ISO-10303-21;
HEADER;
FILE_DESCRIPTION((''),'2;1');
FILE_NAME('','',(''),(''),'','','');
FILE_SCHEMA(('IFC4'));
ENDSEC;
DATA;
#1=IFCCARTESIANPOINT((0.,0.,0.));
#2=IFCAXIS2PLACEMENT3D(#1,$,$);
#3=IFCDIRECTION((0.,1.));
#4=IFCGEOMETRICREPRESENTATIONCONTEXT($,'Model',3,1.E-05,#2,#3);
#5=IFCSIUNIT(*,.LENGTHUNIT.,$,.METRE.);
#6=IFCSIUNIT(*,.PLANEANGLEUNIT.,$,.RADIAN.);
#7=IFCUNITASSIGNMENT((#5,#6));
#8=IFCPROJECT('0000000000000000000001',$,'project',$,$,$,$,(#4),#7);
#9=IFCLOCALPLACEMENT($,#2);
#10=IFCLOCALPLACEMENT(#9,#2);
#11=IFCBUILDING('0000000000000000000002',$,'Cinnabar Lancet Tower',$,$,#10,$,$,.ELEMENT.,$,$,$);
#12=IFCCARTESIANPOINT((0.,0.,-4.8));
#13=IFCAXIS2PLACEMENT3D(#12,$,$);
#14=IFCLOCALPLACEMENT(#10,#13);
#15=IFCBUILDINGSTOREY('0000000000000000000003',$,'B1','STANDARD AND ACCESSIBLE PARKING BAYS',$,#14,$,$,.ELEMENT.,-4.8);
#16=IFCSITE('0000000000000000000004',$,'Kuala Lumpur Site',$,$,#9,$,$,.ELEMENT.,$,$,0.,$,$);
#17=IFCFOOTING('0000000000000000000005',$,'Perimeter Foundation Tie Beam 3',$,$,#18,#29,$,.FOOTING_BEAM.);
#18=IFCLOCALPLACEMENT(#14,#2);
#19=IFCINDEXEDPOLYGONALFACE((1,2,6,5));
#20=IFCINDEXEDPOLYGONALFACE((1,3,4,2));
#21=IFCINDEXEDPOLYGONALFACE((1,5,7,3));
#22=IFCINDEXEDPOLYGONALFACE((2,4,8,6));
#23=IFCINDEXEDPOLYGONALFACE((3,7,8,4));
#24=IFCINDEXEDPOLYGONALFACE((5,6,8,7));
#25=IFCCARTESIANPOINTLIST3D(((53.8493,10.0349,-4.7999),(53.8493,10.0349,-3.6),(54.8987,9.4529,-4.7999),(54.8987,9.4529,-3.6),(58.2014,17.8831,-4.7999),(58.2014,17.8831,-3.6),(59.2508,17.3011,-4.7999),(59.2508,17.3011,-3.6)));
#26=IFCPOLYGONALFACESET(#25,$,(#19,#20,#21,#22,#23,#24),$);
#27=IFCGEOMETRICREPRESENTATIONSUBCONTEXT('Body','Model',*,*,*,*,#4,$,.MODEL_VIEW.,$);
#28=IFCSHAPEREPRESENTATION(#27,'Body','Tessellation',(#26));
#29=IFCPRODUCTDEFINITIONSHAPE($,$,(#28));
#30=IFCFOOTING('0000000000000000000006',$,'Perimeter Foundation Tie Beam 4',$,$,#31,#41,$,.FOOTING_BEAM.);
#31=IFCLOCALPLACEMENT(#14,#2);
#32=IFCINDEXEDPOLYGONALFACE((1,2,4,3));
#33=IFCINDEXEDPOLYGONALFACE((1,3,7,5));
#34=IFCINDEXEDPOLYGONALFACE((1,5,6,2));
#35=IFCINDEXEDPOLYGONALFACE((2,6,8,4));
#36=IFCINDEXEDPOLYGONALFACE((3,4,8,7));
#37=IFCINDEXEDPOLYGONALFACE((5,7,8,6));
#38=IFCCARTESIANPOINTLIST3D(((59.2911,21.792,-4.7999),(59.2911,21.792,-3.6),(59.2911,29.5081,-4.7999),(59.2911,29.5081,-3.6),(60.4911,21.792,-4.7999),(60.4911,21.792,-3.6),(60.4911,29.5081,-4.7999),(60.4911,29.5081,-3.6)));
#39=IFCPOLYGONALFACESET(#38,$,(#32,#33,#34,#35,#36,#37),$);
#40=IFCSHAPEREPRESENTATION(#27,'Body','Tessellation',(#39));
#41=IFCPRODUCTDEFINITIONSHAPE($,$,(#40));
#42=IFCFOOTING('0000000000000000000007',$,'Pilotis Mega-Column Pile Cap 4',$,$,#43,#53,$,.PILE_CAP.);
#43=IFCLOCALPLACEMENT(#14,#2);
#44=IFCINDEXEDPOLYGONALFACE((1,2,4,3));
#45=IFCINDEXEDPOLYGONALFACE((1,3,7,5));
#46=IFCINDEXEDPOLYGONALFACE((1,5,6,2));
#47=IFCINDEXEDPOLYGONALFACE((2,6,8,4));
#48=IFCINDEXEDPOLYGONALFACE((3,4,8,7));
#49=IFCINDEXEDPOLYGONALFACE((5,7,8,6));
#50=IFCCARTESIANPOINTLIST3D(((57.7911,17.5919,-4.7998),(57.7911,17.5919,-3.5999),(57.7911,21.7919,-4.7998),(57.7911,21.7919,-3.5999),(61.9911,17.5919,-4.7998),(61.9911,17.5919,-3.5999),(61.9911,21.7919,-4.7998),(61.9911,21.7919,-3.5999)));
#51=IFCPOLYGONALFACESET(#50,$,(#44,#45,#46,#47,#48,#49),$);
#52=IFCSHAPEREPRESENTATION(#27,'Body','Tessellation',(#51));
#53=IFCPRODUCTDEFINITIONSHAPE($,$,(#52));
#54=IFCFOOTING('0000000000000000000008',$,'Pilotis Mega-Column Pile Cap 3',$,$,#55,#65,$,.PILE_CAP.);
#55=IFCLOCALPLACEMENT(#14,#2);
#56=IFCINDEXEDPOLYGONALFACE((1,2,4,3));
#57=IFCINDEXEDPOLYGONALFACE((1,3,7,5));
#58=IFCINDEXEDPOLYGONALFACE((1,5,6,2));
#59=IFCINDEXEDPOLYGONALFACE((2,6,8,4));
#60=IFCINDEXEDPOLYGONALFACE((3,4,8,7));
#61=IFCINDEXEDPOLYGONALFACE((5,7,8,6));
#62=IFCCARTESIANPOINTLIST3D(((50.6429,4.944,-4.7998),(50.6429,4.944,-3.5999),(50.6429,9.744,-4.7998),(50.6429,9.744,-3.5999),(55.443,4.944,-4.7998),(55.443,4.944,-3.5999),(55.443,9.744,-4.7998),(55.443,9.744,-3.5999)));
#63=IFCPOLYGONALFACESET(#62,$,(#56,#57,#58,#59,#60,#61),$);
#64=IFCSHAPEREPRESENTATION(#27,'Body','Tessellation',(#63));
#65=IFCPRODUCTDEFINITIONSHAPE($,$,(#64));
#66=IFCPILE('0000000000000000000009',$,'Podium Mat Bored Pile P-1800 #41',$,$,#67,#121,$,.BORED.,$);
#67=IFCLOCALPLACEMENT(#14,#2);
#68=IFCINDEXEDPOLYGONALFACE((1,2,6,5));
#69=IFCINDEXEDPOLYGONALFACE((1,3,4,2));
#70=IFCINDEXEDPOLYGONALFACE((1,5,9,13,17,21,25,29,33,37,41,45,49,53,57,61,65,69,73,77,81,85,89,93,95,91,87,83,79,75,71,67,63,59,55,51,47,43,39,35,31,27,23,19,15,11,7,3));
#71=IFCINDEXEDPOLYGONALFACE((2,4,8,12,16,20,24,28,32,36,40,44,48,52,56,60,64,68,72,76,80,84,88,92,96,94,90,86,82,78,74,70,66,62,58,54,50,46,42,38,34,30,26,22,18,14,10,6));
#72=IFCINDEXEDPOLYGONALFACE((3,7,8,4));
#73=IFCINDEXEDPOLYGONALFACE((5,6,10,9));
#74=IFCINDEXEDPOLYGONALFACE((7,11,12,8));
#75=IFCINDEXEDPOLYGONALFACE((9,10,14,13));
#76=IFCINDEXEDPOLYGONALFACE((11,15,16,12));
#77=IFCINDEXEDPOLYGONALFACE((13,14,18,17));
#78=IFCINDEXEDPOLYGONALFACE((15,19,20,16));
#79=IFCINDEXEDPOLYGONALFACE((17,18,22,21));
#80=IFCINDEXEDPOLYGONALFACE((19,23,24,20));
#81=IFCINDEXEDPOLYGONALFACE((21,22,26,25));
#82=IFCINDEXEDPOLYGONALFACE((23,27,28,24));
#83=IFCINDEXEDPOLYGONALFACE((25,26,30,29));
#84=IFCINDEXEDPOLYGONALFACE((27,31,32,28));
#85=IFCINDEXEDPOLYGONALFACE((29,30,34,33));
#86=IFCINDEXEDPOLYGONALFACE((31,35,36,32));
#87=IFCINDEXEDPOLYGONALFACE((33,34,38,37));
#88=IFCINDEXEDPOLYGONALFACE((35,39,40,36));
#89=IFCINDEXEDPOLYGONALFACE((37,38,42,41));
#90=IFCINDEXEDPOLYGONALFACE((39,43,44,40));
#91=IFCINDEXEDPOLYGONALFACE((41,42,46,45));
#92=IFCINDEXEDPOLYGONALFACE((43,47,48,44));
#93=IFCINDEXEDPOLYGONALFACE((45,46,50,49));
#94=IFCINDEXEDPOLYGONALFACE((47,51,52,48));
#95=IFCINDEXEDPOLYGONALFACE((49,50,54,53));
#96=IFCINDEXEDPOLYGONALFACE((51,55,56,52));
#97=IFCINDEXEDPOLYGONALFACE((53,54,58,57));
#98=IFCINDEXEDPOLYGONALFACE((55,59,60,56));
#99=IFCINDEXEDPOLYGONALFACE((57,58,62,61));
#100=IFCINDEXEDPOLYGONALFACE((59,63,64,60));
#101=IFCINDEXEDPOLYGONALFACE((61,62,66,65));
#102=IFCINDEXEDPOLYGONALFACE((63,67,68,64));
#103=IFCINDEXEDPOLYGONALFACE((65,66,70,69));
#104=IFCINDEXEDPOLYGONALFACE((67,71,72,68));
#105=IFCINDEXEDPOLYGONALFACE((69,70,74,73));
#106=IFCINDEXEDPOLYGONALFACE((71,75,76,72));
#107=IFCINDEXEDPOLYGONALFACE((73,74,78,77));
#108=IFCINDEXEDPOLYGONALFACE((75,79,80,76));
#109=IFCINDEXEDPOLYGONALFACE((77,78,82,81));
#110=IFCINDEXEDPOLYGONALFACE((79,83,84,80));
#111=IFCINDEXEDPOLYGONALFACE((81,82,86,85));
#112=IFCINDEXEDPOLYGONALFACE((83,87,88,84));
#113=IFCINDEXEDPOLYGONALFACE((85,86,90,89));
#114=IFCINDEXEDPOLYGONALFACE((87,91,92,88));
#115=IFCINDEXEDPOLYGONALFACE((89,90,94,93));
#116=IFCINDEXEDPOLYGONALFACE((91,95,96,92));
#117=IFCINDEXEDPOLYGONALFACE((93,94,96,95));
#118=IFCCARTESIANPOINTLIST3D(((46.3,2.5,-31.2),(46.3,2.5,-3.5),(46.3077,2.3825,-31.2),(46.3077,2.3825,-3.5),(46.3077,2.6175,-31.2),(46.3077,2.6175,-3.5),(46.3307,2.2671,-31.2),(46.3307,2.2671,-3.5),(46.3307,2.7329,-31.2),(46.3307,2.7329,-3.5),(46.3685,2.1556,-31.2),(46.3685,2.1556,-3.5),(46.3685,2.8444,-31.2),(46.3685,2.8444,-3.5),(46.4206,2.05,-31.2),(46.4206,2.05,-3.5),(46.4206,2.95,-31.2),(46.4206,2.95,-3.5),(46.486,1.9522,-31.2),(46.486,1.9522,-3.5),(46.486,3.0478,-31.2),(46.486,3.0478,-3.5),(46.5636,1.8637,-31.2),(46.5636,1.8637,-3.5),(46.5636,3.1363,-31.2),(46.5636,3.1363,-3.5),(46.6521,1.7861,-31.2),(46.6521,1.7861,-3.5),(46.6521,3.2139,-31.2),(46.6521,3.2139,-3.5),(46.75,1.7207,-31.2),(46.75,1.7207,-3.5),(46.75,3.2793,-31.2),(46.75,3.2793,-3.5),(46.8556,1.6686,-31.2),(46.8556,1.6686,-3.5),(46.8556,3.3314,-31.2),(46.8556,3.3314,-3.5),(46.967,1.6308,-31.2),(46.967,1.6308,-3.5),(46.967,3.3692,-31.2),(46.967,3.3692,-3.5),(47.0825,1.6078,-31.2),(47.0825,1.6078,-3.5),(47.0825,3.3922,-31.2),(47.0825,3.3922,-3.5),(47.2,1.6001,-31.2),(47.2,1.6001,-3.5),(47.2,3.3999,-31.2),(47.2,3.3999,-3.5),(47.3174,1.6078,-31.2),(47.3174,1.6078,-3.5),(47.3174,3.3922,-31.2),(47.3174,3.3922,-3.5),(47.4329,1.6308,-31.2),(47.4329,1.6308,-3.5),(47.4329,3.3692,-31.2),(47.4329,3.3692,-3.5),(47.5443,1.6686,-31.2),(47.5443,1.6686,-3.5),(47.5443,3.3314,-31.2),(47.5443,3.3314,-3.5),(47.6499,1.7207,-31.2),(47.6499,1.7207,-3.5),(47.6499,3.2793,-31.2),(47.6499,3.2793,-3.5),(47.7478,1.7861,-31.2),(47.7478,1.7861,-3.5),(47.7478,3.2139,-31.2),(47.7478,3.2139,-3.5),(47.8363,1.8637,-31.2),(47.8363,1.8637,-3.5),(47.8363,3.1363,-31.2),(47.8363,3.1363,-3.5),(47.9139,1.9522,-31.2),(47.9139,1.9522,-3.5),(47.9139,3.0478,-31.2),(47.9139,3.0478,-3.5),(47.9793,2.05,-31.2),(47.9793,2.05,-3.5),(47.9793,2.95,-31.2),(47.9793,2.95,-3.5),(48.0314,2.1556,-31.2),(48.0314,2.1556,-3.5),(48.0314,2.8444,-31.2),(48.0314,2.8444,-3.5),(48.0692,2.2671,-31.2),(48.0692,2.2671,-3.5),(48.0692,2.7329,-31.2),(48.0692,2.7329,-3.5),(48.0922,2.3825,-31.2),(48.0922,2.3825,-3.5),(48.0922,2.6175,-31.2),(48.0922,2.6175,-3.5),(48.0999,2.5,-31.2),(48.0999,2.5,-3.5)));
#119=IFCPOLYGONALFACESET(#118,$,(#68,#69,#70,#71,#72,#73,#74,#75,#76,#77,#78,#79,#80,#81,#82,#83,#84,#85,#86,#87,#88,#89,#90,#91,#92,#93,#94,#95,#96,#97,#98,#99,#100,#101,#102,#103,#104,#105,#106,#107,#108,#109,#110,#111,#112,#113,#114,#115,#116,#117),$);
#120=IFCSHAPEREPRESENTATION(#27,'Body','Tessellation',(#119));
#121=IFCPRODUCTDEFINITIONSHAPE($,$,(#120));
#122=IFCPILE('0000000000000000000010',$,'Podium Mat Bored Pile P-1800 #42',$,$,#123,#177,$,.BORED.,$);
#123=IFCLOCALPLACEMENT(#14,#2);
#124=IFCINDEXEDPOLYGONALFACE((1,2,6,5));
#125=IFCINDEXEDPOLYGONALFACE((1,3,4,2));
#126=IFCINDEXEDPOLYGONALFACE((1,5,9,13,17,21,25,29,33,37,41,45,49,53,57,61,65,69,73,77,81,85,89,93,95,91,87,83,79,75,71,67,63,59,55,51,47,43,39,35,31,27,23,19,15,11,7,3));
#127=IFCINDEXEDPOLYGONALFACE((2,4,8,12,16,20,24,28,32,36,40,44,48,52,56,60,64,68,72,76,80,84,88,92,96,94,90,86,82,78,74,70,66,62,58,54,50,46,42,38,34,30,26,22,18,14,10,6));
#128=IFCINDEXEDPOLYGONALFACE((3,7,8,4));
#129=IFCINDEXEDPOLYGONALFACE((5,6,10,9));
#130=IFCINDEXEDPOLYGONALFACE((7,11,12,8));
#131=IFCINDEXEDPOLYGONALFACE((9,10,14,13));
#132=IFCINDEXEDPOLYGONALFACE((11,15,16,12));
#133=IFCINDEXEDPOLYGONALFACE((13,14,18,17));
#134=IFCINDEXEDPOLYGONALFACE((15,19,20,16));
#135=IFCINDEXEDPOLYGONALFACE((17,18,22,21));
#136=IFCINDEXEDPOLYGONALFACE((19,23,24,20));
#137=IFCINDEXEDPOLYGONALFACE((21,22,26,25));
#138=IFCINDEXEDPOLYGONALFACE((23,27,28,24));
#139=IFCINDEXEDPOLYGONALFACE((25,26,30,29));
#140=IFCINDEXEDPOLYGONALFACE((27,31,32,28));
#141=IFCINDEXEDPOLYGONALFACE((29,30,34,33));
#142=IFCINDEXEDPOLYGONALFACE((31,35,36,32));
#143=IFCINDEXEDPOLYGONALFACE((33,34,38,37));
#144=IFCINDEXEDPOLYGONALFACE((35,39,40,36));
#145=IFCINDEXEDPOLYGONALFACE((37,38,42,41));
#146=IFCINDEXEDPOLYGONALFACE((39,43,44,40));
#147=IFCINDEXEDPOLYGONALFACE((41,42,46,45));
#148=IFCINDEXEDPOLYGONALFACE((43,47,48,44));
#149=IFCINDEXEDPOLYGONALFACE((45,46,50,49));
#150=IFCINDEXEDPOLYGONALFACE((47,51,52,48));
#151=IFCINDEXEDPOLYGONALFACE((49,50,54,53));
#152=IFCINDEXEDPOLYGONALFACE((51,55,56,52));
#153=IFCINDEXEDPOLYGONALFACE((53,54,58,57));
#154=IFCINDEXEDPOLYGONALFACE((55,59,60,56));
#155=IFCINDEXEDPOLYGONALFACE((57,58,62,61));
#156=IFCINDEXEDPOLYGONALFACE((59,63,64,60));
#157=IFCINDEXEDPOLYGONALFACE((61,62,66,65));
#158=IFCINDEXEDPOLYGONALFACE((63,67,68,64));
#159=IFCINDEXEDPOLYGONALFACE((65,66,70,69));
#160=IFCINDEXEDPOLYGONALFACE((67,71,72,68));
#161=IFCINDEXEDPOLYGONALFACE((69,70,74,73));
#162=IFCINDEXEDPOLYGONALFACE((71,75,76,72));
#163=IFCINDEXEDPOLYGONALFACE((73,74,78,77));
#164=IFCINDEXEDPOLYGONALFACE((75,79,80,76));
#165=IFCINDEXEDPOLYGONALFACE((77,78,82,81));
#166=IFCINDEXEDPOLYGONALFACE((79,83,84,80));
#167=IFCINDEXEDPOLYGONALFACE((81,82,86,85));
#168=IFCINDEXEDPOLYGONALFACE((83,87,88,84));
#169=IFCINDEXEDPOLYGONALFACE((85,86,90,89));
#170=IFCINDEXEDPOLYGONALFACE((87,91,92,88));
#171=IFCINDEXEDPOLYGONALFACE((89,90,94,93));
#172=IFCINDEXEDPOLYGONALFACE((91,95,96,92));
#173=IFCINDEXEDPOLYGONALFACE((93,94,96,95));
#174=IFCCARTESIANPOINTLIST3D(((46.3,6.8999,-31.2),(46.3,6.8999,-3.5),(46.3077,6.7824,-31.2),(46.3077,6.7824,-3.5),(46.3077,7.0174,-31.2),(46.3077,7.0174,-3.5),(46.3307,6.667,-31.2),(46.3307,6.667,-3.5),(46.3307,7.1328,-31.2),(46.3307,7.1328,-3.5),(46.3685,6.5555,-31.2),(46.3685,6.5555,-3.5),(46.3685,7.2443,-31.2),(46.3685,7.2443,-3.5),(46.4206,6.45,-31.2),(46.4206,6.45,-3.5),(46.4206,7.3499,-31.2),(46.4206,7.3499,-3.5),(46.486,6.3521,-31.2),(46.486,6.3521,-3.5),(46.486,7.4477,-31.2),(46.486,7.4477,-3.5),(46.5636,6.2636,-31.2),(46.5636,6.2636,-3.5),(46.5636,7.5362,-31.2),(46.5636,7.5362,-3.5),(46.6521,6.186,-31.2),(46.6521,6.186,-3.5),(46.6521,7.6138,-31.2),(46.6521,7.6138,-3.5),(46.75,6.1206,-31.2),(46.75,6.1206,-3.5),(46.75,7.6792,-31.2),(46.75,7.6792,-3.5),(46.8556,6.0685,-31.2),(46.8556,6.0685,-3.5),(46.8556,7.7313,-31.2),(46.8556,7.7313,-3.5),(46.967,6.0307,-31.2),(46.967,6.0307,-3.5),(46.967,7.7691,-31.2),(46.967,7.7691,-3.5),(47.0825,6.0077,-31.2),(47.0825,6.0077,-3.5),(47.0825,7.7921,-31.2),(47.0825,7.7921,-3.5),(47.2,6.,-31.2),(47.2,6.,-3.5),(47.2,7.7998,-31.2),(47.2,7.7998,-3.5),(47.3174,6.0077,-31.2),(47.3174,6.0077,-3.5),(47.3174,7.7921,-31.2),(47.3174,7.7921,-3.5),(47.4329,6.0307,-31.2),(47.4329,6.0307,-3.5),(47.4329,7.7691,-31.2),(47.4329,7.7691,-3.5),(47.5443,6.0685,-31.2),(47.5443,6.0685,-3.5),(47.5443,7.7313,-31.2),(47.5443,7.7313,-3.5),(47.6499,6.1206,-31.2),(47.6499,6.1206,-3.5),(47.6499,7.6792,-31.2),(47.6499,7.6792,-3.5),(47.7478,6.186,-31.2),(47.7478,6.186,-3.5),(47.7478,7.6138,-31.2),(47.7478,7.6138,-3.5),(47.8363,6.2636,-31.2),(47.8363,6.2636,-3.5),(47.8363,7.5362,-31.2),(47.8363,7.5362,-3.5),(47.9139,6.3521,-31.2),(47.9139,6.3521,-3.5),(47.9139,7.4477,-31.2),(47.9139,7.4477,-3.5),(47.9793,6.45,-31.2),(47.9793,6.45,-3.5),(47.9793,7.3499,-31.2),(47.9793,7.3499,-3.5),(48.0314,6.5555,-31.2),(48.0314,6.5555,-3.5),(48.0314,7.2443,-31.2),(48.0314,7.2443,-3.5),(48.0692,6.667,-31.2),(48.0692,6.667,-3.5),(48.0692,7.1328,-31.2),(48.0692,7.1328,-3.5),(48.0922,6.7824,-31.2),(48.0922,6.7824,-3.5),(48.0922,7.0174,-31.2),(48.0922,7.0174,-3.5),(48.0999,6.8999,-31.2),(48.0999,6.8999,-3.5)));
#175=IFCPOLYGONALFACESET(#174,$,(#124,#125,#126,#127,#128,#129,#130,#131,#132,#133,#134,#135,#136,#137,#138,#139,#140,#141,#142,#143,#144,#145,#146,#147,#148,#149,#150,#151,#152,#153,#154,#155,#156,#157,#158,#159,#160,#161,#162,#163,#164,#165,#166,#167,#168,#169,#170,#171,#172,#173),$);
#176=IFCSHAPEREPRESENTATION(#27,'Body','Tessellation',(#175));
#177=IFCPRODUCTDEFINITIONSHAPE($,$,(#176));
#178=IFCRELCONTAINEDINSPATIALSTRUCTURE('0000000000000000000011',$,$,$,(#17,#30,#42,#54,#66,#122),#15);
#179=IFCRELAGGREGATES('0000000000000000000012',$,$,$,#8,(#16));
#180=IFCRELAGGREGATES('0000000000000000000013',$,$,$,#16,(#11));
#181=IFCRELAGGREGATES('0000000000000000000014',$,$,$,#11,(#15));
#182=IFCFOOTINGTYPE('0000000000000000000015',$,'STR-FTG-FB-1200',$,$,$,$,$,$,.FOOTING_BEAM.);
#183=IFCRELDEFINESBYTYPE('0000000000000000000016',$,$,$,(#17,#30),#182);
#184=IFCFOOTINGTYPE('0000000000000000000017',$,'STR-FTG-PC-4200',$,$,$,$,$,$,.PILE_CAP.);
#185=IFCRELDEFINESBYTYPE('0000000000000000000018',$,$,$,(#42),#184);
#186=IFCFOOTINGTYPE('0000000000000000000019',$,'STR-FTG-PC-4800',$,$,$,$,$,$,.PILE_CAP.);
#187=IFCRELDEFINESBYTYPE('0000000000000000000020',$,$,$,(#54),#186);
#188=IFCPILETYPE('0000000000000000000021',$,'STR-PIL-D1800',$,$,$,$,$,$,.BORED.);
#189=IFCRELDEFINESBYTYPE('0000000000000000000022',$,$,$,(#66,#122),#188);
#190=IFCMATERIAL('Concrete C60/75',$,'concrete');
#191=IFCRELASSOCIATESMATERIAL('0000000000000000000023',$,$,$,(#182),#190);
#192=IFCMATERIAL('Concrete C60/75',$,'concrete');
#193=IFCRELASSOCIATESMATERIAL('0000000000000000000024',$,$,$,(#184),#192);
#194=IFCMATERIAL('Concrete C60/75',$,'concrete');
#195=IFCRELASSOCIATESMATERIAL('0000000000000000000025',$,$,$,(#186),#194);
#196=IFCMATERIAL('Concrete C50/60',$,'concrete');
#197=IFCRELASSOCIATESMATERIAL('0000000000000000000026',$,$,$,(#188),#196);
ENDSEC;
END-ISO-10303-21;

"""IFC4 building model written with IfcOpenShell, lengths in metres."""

from ifc_helpers import new_model, si_unit, direction, frame, origin, origin_2d, place, context, subcontext, project, spatial, rectangle, circle, extrude, material, material_profile, profile_set, type_object, element, save


model = new_model("IFC4")

# Units and contexts
model_context = context("Model", 3, precision=1e-05, world=origin(), true_north=direction((0.0, 1.0)))
body_context = subcontext(model_context, "Body", "Model", "MODEL_VIEW")
ifc_project = project(units=[si_unit("LENGTHUNIT", "METRE"), si_unit("PLANEANGLEUNIT", "RADIAN")], contexts=[model_context])

# Site, building, storey
site_placement = place(None, origin())
site = spatial("IfcSite", under=ifc_project, at=site_placement, Name="Kuala Lumpur Site", CompositionType="ELEMENT", RefElevation=0.0)
building_placement = place(site_placement, origin())
building = spatial("IfcBuilding", under=site, at=building_placement, Name="Cinnabar Lancet Tower", CompositionType="ELEMENT")
storey_placement = place(building_placement, frame((0.0, 0.0, -4.8)))
storey = spatial("IfcBuildingStorey", under=building, at=storey_placement, Name="B1", Description="STANDARD AND ACCESSIBLE PARKING BAYS", CompositionType="ELEMENT", Elevation=-4.8)

# Footings
ifc_material_1 = material(Name="Concrete C60/75", Category="concrete")
ifc_material_profile_1 = material_profile(ifc_material_1, rectangle(XDim=1.2, YDim=1.2, at=origin_2d()), Name="RC-FB 1200x1200")
ifc_profile_set_1 = profile_set([ifc_material_profile_1], Name="Concrete C60/75")
footing_type_1 = type_object("IfcFootingType", Name="STR-FTG-FB-1200", PredefinedType="FOOTING_BEAM", material=ifc_profile_set_1)
footing_1_placement = place(storey_placement, frame((54.374, 9.7439, -4.2), z_axis=(0.484959, 0.874537, 0.0), x_axis=(-0.874537, 0.484959, 0.0)))
element("IfcFooting", 1, at=footing_1_placement, inside=storey, type_object=footing_type_1, Name="Perimeter Foundation Tie Beam 3", PredefinedType="FOOTING_BEAM", context=body_context, shape_type="SweptSolid", body=[
    extrude(rectangle(XDim=1.2, YDim=1.2, at=origin_2d()), origin(), (0.0, 0.0, 1.0), 8.9741),
])
footing_2_placement = place(storey_placement, frame((59.8911, 21.792, -4.2), z_axis=(0.0, 1.0, 0.0), x_axis=(-1.0, 0.0, 0.0)))
element("IfcFooting", 2, at=footing_2_placement, inside=storey, type_object=footing_type_1, Name="Perimeter Foundation Tie Beam 4", PredefinedType="FOOTING_BEAM", context=body_context, shape_type="SweptSolid", body=[
    extrude(rectangle(XDim=1.2, YDim=1.2, at=origin_2d()), origin(), (0.0, 0.0, 1.0), 7.7161),
])
ifc_material_2 = material(Name="Concrete C60/75", Category="concrete")
footing_type_2 = type_object("IfcFootingType", Name="STR-FTG-PC-4200", PredefinedType="PILE_CAP", material=ifc_material_2)
footing_3_placement = place(storey_placement, frame((59.8911, 19.6919, -4.7998), z_axis=(0.0, 0.0, 1.0), x_axis=(1.0, 0.0, 0.0)))
element("IfcFooting", 3, at=footing_3_placement, inside=storey, type_object=footing_type_2, Name="Pilotis Mega-Column Pile Cap 4", PredefinedType="PILE_CAP", context=body_context, shape_type="SweptSolid", body=[
    extrude(rectangle(XDim=4.2, YDim=4.2, at=origin_2d()), origin(), (0.0, 0.0, 1.0), 1.2),
])
ifc_material_3 = material(Name="Concrete C60/75", Category="concrete")
footing_type_3 = type_object("IfcFootingType", Name="STR-FTG-PC-4800", PredefinedType="PILE_CAP", material=ifc_material_3)
footing_4_placement = place(storey_placement, frame((53.043, 7.344, -4.7998), z_axis=(0.0, 0.0, 1.0), x_axis=(1.0, 0.0, 0.0)))
element("IfcFooting", 4, at=footing_4_placement, inside=storey, type_object=footing_type_3, Name="Pilotis Mega-Column Pile Cap 3", PredefinedType="PILE_CAP", context=body_context, shape_type="SweptSolid", body=[
    extrude(rectangle(XDim=4.8, YDim=4.8, at=origin_2d()), origin(), (0.0, 0.0, 1.0), 1.2),
])

# Piles
ifc_material_4 = material(Name="Concrete C50/60", Category="concrete")
ifc_material_profile_2 = material_profile(ifc_material_4, circle(Radius=0.8999, at=origin_2d()), Name="PILE D1800")
ifc_profile_set_2 = profile_set([ifc_material_profile_2], Name="Concrete C50/60")
pile_type_1 = type_object("IfcPileType", Name="STR-PIL-D1800", PredefinedType="BORED", material=ifc_profile_set_2)
for number, where, z_axis, x_axis, name in (
    (5, (47.2, 2.5, -3.5), (0.0, 0.0, -1.0), (1.0, 0.0, 0.0), "Podium Mat Bored Pile P-1800 #41"),
    (6, (47.2, 6.8999, -3.5), (0.0, 0.0, -1.0), (1.0, 0.0, 0.0), "Podium Mat Bored Pile P-1800 #42"),
):
    element("IfcPile", number, at=place(storey_placement, frame(where, z_axis=z_axis, x_axis=x_axis)), inside=storey, type_object=pile_type_1, Name=name, PredefinedType="BORED", context=body_context, shape_type="SweptSolid", body=[
        extrude(circle(Radius=0.8999, at=origin_2d()), origin(), (0.0, 0.0, 1.0), 27.7),
    ])

save(model, "model.ifc")
